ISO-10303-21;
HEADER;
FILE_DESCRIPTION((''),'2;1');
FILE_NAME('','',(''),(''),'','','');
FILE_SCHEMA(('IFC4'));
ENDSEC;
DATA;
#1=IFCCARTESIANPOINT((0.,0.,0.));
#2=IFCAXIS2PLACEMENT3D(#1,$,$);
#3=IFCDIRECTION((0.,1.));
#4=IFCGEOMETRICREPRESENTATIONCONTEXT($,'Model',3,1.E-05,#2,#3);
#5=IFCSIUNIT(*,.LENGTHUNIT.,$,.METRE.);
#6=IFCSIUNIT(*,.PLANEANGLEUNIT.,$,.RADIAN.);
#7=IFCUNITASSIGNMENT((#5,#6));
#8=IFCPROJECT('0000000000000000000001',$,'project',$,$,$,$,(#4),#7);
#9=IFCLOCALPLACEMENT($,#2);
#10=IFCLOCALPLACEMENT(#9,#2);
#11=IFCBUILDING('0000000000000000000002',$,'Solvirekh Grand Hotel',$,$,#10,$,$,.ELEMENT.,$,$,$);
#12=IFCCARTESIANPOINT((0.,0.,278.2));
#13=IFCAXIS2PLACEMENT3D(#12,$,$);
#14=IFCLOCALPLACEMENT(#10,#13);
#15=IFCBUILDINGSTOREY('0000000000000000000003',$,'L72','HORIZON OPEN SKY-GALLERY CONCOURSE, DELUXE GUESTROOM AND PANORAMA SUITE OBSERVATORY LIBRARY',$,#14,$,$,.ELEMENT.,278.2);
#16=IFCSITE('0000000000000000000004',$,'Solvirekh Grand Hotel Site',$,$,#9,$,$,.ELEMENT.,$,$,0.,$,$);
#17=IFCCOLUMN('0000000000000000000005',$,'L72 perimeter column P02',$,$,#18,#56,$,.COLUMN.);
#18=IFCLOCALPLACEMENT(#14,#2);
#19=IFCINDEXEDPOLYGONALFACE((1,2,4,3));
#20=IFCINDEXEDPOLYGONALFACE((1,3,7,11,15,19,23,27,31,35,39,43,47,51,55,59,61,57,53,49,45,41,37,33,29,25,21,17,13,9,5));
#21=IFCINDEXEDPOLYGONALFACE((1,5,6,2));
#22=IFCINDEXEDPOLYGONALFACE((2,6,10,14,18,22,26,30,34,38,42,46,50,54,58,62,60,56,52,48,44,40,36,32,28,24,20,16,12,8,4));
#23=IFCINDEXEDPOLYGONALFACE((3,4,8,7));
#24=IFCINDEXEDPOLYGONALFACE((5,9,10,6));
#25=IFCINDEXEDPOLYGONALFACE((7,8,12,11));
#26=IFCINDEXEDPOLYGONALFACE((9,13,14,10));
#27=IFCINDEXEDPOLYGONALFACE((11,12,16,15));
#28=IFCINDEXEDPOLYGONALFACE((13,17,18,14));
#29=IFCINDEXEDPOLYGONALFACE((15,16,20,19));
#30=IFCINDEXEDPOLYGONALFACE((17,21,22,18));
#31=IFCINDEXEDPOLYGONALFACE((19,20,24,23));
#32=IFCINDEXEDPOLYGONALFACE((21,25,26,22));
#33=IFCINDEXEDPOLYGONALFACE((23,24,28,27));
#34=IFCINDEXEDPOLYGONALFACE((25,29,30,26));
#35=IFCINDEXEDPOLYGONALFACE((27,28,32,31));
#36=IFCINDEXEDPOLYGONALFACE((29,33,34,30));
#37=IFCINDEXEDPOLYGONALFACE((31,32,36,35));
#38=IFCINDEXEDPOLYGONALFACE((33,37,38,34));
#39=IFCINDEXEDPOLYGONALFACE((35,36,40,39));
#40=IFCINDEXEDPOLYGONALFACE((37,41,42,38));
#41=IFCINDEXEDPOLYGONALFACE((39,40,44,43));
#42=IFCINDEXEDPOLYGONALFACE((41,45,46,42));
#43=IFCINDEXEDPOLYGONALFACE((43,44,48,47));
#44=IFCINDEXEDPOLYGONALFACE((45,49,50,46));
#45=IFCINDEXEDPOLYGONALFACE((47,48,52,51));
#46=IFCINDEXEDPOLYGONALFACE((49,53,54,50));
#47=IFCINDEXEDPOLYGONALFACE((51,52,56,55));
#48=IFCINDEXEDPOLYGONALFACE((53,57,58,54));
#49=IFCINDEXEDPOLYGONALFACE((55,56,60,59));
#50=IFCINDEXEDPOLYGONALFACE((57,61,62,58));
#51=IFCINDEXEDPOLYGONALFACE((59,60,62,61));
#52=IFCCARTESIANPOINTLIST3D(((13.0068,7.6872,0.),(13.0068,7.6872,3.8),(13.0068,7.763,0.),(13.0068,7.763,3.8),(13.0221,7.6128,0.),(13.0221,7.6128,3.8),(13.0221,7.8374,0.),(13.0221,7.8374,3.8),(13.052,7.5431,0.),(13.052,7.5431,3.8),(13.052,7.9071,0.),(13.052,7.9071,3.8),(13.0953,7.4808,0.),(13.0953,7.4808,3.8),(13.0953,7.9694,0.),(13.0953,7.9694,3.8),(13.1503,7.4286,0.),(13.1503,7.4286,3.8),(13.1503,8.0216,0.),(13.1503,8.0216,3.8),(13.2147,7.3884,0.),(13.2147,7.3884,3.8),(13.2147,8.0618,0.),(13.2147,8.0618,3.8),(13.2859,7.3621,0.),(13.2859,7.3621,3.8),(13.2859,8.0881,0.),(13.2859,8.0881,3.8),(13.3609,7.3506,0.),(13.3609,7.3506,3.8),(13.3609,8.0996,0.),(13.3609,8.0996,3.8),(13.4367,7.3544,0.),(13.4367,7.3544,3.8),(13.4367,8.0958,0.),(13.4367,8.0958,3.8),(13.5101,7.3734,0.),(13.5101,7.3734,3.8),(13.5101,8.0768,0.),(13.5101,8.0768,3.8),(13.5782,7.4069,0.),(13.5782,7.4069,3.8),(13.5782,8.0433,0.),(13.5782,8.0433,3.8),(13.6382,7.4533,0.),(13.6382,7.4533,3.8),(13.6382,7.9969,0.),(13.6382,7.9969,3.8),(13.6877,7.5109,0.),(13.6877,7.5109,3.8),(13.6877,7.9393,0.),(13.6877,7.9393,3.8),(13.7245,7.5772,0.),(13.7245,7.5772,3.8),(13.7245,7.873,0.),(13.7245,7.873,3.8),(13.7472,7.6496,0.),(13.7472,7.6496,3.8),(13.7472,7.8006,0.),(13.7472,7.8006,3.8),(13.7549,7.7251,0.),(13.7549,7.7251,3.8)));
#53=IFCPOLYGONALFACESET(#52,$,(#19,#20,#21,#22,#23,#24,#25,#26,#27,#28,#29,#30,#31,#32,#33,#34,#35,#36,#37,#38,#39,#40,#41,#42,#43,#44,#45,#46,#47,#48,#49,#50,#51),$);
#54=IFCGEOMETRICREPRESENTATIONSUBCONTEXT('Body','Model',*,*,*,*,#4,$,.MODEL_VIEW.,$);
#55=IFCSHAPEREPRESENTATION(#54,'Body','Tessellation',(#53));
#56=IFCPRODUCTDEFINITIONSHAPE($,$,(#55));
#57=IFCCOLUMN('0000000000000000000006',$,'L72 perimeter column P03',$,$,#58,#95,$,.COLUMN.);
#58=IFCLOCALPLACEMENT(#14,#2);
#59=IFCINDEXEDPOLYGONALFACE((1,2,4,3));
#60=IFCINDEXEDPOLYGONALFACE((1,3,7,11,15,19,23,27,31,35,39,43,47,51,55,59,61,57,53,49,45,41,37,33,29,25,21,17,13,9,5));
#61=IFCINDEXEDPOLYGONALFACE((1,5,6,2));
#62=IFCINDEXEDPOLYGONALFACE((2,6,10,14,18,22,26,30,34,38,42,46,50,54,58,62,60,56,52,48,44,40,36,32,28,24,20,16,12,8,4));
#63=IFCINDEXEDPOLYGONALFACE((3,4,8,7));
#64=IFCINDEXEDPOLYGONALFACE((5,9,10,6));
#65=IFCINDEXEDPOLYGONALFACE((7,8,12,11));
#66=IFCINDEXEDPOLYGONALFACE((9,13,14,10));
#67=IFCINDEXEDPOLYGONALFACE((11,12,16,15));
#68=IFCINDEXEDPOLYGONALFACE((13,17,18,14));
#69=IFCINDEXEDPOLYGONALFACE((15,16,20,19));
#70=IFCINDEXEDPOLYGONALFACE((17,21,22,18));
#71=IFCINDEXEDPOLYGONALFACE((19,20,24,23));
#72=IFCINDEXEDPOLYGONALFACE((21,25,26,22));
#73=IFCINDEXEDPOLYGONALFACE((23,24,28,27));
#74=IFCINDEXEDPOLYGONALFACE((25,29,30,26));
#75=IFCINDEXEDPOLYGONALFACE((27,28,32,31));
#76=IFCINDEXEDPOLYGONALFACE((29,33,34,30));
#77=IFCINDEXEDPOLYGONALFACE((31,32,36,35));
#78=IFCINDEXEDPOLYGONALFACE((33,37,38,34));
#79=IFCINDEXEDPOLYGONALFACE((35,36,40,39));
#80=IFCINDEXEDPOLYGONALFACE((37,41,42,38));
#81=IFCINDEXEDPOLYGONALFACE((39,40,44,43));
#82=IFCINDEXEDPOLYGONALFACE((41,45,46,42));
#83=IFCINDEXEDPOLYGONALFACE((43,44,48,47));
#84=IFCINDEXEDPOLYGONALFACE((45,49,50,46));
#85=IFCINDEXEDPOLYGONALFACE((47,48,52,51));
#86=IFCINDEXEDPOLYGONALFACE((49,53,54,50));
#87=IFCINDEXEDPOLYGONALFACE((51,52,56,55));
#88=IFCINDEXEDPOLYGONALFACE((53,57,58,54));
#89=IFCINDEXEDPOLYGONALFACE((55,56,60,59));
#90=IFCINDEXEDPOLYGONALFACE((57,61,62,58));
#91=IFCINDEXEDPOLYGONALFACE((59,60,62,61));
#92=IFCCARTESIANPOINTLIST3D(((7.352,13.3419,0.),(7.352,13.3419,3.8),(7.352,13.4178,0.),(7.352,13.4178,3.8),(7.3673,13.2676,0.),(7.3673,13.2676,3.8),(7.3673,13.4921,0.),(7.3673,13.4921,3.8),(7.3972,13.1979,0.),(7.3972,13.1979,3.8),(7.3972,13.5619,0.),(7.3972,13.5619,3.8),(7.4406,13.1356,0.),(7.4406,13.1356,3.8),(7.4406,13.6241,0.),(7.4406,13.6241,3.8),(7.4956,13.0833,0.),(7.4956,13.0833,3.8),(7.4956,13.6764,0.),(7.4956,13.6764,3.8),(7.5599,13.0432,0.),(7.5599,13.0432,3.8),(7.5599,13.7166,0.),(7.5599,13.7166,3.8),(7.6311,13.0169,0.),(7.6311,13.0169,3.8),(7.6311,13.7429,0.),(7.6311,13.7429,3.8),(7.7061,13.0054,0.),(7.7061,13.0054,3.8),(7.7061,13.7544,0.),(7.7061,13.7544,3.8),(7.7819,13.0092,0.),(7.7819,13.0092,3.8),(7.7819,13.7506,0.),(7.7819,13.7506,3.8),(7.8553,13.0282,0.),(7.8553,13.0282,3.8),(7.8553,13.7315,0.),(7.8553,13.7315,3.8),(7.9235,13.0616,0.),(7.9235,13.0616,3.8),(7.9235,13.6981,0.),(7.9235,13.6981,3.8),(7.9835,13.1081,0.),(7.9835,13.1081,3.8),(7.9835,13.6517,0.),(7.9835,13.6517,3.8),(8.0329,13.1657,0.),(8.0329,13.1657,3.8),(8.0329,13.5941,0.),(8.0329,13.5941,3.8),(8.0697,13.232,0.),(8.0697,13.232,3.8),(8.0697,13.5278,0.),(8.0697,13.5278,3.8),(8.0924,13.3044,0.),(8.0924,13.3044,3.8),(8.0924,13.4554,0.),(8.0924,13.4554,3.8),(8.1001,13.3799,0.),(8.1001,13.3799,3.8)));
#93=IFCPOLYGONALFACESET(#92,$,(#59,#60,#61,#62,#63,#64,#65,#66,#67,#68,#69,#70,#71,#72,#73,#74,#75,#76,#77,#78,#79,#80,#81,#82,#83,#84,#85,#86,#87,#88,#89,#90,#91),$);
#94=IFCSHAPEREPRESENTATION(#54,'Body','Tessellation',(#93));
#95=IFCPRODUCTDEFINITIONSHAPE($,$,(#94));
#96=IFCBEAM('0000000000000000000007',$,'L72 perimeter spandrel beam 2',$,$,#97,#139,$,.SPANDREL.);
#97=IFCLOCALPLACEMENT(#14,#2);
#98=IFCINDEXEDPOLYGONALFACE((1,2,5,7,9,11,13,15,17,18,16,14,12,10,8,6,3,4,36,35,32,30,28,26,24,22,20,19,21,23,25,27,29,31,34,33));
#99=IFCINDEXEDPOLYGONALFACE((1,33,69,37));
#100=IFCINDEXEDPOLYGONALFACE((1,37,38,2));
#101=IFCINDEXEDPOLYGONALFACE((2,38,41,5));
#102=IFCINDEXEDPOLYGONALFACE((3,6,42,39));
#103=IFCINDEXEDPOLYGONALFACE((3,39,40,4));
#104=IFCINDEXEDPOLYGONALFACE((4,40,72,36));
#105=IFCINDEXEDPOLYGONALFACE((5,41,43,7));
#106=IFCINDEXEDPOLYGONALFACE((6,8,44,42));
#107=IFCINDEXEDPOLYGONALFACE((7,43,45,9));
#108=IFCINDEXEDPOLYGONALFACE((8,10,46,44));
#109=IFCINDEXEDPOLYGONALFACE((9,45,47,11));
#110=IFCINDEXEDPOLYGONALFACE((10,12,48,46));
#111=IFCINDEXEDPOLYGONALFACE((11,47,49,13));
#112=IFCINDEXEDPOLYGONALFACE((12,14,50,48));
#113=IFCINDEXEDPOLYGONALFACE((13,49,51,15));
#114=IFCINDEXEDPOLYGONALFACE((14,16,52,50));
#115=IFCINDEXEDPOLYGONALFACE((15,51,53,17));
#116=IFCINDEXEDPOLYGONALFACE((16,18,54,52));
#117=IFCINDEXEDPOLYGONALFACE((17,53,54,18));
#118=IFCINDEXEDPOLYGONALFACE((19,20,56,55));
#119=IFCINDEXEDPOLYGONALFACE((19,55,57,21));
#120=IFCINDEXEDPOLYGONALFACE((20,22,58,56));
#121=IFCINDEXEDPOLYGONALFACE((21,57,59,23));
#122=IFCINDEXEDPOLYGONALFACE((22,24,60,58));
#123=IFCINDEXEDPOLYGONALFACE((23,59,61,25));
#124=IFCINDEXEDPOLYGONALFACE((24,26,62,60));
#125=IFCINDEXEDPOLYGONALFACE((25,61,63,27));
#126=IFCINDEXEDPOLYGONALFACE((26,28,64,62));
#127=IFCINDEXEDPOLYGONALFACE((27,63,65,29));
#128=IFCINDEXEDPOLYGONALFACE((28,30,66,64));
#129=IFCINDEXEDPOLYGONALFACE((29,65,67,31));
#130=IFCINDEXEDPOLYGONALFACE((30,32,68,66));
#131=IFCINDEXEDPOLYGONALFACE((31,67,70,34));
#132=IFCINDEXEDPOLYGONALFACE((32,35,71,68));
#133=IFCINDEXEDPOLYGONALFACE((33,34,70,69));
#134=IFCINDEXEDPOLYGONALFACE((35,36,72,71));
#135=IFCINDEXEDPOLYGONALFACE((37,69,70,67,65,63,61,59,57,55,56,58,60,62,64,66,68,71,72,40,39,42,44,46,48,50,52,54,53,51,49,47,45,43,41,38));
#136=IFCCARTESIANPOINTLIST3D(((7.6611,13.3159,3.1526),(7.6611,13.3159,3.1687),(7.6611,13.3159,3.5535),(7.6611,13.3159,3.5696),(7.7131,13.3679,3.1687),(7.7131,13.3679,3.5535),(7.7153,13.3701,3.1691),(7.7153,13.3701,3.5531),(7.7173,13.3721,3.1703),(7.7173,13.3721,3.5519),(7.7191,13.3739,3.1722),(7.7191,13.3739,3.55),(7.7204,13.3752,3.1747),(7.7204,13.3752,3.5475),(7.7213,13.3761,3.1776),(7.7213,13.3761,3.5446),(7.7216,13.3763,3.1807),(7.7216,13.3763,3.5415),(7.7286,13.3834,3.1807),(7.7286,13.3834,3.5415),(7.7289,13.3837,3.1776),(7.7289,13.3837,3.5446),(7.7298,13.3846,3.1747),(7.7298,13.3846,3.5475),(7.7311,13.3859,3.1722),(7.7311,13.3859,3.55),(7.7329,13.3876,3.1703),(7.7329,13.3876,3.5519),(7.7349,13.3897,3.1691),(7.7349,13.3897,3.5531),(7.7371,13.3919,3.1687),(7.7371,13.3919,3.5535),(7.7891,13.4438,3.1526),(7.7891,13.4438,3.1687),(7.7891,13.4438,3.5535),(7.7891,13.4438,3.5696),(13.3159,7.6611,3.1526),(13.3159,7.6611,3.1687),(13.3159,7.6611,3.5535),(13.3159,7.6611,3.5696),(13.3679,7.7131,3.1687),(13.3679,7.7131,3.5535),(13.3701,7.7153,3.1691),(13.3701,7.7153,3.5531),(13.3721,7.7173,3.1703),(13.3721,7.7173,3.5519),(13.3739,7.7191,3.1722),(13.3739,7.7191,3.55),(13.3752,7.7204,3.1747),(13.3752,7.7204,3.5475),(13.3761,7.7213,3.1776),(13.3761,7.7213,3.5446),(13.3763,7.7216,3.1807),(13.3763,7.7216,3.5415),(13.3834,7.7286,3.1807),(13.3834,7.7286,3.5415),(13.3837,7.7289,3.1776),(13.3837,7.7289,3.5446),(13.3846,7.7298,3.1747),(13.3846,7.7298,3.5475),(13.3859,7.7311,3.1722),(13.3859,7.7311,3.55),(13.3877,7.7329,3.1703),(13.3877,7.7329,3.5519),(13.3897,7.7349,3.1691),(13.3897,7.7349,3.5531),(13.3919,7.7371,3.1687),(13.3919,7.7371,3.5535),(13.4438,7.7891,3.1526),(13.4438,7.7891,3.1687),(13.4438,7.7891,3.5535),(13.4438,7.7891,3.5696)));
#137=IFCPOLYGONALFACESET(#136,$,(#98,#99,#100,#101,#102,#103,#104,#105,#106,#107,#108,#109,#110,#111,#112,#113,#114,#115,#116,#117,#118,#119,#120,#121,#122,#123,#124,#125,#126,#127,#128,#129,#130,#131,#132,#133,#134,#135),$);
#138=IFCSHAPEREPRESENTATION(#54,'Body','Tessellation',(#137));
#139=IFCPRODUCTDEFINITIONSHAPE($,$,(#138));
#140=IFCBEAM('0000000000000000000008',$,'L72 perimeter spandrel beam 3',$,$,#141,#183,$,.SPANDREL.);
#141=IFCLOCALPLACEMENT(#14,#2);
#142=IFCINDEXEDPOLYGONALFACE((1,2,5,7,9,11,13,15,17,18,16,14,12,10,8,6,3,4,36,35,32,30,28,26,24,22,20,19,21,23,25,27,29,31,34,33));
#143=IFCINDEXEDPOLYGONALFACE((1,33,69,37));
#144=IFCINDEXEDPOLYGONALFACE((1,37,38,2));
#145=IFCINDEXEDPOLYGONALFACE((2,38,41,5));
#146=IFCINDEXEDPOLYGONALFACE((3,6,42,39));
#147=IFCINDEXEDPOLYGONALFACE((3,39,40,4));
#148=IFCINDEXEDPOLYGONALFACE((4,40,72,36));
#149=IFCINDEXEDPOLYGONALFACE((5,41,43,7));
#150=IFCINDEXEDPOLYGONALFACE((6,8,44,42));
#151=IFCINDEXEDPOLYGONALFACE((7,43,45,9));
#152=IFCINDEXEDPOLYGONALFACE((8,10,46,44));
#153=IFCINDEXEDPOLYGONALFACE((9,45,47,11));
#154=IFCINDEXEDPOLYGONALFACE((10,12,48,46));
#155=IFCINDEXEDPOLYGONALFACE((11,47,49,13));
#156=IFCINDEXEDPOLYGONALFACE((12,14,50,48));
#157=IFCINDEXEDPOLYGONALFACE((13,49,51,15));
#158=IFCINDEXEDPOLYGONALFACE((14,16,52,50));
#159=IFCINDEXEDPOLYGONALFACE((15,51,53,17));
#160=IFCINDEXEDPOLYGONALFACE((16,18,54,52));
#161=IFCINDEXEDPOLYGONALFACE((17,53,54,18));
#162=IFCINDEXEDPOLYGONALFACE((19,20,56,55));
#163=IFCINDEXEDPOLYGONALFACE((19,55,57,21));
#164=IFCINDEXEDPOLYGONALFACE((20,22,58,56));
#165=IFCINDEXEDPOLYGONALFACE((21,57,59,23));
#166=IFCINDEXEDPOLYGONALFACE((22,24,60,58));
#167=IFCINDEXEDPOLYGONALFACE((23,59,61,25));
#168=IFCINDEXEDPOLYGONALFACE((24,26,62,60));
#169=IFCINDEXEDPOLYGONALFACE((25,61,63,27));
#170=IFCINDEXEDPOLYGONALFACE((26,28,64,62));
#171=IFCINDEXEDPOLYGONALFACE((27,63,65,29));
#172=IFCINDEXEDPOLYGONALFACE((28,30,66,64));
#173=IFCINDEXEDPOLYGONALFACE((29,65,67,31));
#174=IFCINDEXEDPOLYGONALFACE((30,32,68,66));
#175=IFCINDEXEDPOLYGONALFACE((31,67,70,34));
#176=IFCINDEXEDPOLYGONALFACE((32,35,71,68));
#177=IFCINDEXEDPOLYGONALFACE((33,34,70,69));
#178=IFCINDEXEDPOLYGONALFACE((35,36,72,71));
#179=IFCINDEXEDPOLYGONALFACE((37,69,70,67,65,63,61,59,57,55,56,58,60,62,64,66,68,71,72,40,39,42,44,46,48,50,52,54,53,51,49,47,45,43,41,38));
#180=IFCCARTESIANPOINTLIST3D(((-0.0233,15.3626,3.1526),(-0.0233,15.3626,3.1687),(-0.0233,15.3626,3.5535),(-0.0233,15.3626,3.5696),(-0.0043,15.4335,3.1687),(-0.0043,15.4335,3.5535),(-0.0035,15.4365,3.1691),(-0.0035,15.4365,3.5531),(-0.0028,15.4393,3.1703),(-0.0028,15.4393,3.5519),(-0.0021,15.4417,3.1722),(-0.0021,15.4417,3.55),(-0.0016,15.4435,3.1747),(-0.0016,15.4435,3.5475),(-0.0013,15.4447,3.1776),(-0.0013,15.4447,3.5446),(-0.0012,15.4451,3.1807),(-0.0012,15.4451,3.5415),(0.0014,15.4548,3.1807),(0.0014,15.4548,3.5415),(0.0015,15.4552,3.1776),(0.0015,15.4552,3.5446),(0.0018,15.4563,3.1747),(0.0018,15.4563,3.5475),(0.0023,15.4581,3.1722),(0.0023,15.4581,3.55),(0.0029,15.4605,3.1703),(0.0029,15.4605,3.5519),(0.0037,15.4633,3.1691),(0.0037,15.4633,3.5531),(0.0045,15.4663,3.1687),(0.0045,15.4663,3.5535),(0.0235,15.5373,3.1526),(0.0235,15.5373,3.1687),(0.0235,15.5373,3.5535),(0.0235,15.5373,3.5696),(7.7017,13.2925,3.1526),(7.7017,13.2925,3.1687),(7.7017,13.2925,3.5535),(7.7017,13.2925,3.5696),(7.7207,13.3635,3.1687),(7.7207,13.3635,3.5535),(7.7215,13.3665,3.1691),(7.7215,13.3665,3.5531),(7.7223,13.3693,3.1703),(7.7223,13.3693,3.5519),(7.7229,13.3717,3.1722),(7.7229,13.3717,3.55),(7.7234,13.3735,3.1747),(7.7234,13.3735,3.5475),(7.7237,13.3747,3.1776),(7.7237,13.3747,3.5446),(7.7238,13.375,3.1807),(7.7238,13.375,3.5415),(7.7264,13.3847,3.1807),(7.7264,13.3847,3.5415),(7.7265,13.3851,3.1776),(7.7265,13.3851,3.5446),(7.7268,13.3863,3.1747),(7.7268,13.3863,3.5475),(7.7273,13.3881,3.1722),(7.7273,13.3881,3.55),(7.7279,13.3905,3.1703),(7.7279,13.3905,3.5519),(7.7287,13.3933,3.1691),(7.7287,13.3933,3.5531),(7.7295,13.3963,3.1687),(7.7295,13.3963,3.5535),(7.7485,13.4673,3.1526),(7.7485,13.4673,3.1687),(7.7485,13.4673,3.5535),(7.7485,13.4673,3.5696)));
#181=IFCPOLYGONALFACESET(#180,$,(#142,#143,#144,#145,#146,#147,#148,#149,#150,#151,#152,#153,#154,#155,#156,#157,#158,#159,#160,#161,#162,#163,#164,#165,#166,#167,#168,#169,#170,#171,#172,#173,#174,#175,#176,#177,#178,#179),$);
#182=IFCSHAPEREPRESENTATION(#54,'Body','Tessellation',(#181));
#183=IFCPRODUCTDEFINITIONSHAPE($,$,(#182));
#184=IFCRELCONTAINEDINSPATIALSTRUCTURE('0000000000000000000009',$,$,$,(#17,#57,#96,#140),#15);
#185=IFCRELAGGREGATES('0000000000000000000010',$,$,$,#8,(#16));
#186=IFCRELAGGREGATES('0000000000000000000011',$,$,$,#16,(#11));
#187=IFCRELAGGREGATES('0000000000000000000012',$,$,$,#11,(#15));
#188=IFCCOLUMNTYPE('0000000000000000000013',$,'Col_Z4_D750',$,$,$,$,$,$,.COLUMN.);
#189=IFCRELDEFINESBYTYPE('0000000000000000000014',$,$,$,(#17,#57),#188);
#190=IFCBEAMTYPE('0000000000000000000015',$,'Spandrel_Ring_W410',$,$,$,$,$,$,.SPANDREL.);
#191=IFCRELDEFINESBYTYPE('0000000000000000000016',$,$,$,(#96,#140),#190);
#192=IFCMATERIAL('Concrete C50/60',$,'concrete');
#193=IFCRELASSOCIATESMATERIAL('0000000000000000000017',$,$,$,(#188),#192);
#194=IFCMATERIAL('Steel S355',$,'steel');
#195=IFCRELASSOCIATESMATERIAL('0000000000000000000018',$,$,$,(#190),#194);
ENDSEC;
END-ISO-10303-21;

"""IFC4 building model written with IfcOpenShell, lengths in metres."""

from ifc_helpers import new_model, si_unit, direction, frame, origin, origin_2d, place, context, subcontext, project, spatial, circle, i_section, extrude, material, material_profile, profile_set, type_object, element, save


model = new_model("IFC4")

# Units and contexts
model_context = context("Model", 3, precision=1e-05, world=origin(), true_north=direction((0.0, 1.0)))
body_context = subcontext(model_context, "Body", "Model", "MODEL_VIEW")
ifc_project = project(units=[si_unit("LENGTHUNIT", "METRE"), si_unit("PLANEANGLEUNIT", "RADIAN")], contexts=[model_context])

# Site, building, storey
site_placement = place(None, origin())
site = spatial("IfcSite", under=ifc_project, at=site_placement, Name="Solvirekh Grand Hotel Site", CompositionType="ELEMENT", RefElevation=0.0)
building_placement = place(site_placement, origin())
building = spatial("IfcBuilding", under=site, at=building_placement, Name="Solvirekh Grand Hotel", CompositionType="ELEMENT")
storey_placement = place(building_placement, frame((0.0, 0.0, 278.2)))
storey = spatial("IfcBuildingStorey", under=building, at=storey_placement, Name="L72", Description="HORIZON OPEN SKY-GALLERY CONCOURSE, DELUXE GUESTROOM AND PANORAMA SUITE OBSERVATORY LIBRARY", CompositionType="ELEMENT", Elevation=278.2)

# Columns
ifc_material_1 = material(Name="Concrete C50/60", Category="concrete")
ifc_material_profile_1 = material_profile(ifc_material_1, circle(Radius=0.375, at=origin_2d()), Name="RC CIRC D750")
ifc_profile_set_1 = profile_set([ifc_material_profile_1], Name="Concrete C50/60")
column_type = type_object("IfcColumnType", Name="Col_Z4_D750", PredefinedType="COLUMN", material=ifc_profile_set_1)
for number, where, z_axis, x_axis, name in (
    (1, (13.3799, 7.7251, 0.0), (0.0, 0.0, 1.0), (1.0, 0.0, 0.0), "L72 perimeter column P02"),
    (2, (7.7251, 13.3799, 0.0), (0.0, 0.0, 1.0), (1.0, 0.0, 0.0), "L72 perimeter column P03"),
):
    element("IfcColumn", number, at=place(storey_placement, frame(where, z_axis=z_axis, x_axis=x_axis)), inside=storey, type_object=column_type, Name=name, PredefinedType="COLUMN", context=body_context, shape_type="SweptSolid", body=[
        extrude(circle(Radius=0.375, at=origin_2d()), origin(), (0.0, 0.0, 1.0), 3.8),
    ])

# Beams
ifc_material_2 = material(Name="Steel S355", Category="steel")
ifc_material_profile_2 = material_profile(ifc_material_2, i_section(OverallWidth=0.1809, OverallDepth=0.417, WebThickness=0.01, FlangeThickness=0.0161, FilletRadius=0.012, at=origin_2d()), Name="W410X85")
ifc_profile_set_2 = profile_set([ifc_material_profile_2], Name="Steel S355")
beam_type = type_object("IfcBeamType", Name="Spandrel_Ring_W410", PredefinedType="SPANDREL", material=ifc_profile_set_2)
beam_1_placement = place(storey_placement, frame((13.3799, 7.7251, 3.3611), z_axis=(-0.707107, 0.707107, 0.0), x_axis=(-0.707107, -0.707107, 0.0)))
element("IfcBeam", 3, at=beam_1_placement, inside=storey, type_object=beam_type, Name="L72 perimeter spandrel beam 2", PredefinedType="SPANDREL", context=body_context, shape_type="SweptSolid", body=[
    extrude(i_section(OverallWidth=0.1809, OverallDepth=0.417, WebThickness=0.01, FlangeThickness=0.0161, FilletRadius=0.012, at=origin_2d()), origin(), (0.0, 0.0, 1.0), 7.9971),
])
beam_2_placement = place(storey_placement, frame((7.7251, 13.3799, 3.3611), z_axis=(-0.965922, 0.258835, 0.0), x_axis=(-0.258835, -0.965922, 0.0)))
element("IfcBeam", 4, at=beam_2_placement, inside=storey, type_object=beam_type, Name="L72 perimeter spandrel beam 3", PredefinedType="SPANDREL", context=body_context, shape_type="SweptSolid", body=[
    extrude(i_section(OverallWidth=0.1809, OverallDepth=0.417, WebThickness=0.01, FlangeThickness=0.0161, FilletRadius=0.012, at=origin_2d()), origin(), (0.0, 0.0, 1.0), 7.9976),
])

save(model, "model.ifc")
